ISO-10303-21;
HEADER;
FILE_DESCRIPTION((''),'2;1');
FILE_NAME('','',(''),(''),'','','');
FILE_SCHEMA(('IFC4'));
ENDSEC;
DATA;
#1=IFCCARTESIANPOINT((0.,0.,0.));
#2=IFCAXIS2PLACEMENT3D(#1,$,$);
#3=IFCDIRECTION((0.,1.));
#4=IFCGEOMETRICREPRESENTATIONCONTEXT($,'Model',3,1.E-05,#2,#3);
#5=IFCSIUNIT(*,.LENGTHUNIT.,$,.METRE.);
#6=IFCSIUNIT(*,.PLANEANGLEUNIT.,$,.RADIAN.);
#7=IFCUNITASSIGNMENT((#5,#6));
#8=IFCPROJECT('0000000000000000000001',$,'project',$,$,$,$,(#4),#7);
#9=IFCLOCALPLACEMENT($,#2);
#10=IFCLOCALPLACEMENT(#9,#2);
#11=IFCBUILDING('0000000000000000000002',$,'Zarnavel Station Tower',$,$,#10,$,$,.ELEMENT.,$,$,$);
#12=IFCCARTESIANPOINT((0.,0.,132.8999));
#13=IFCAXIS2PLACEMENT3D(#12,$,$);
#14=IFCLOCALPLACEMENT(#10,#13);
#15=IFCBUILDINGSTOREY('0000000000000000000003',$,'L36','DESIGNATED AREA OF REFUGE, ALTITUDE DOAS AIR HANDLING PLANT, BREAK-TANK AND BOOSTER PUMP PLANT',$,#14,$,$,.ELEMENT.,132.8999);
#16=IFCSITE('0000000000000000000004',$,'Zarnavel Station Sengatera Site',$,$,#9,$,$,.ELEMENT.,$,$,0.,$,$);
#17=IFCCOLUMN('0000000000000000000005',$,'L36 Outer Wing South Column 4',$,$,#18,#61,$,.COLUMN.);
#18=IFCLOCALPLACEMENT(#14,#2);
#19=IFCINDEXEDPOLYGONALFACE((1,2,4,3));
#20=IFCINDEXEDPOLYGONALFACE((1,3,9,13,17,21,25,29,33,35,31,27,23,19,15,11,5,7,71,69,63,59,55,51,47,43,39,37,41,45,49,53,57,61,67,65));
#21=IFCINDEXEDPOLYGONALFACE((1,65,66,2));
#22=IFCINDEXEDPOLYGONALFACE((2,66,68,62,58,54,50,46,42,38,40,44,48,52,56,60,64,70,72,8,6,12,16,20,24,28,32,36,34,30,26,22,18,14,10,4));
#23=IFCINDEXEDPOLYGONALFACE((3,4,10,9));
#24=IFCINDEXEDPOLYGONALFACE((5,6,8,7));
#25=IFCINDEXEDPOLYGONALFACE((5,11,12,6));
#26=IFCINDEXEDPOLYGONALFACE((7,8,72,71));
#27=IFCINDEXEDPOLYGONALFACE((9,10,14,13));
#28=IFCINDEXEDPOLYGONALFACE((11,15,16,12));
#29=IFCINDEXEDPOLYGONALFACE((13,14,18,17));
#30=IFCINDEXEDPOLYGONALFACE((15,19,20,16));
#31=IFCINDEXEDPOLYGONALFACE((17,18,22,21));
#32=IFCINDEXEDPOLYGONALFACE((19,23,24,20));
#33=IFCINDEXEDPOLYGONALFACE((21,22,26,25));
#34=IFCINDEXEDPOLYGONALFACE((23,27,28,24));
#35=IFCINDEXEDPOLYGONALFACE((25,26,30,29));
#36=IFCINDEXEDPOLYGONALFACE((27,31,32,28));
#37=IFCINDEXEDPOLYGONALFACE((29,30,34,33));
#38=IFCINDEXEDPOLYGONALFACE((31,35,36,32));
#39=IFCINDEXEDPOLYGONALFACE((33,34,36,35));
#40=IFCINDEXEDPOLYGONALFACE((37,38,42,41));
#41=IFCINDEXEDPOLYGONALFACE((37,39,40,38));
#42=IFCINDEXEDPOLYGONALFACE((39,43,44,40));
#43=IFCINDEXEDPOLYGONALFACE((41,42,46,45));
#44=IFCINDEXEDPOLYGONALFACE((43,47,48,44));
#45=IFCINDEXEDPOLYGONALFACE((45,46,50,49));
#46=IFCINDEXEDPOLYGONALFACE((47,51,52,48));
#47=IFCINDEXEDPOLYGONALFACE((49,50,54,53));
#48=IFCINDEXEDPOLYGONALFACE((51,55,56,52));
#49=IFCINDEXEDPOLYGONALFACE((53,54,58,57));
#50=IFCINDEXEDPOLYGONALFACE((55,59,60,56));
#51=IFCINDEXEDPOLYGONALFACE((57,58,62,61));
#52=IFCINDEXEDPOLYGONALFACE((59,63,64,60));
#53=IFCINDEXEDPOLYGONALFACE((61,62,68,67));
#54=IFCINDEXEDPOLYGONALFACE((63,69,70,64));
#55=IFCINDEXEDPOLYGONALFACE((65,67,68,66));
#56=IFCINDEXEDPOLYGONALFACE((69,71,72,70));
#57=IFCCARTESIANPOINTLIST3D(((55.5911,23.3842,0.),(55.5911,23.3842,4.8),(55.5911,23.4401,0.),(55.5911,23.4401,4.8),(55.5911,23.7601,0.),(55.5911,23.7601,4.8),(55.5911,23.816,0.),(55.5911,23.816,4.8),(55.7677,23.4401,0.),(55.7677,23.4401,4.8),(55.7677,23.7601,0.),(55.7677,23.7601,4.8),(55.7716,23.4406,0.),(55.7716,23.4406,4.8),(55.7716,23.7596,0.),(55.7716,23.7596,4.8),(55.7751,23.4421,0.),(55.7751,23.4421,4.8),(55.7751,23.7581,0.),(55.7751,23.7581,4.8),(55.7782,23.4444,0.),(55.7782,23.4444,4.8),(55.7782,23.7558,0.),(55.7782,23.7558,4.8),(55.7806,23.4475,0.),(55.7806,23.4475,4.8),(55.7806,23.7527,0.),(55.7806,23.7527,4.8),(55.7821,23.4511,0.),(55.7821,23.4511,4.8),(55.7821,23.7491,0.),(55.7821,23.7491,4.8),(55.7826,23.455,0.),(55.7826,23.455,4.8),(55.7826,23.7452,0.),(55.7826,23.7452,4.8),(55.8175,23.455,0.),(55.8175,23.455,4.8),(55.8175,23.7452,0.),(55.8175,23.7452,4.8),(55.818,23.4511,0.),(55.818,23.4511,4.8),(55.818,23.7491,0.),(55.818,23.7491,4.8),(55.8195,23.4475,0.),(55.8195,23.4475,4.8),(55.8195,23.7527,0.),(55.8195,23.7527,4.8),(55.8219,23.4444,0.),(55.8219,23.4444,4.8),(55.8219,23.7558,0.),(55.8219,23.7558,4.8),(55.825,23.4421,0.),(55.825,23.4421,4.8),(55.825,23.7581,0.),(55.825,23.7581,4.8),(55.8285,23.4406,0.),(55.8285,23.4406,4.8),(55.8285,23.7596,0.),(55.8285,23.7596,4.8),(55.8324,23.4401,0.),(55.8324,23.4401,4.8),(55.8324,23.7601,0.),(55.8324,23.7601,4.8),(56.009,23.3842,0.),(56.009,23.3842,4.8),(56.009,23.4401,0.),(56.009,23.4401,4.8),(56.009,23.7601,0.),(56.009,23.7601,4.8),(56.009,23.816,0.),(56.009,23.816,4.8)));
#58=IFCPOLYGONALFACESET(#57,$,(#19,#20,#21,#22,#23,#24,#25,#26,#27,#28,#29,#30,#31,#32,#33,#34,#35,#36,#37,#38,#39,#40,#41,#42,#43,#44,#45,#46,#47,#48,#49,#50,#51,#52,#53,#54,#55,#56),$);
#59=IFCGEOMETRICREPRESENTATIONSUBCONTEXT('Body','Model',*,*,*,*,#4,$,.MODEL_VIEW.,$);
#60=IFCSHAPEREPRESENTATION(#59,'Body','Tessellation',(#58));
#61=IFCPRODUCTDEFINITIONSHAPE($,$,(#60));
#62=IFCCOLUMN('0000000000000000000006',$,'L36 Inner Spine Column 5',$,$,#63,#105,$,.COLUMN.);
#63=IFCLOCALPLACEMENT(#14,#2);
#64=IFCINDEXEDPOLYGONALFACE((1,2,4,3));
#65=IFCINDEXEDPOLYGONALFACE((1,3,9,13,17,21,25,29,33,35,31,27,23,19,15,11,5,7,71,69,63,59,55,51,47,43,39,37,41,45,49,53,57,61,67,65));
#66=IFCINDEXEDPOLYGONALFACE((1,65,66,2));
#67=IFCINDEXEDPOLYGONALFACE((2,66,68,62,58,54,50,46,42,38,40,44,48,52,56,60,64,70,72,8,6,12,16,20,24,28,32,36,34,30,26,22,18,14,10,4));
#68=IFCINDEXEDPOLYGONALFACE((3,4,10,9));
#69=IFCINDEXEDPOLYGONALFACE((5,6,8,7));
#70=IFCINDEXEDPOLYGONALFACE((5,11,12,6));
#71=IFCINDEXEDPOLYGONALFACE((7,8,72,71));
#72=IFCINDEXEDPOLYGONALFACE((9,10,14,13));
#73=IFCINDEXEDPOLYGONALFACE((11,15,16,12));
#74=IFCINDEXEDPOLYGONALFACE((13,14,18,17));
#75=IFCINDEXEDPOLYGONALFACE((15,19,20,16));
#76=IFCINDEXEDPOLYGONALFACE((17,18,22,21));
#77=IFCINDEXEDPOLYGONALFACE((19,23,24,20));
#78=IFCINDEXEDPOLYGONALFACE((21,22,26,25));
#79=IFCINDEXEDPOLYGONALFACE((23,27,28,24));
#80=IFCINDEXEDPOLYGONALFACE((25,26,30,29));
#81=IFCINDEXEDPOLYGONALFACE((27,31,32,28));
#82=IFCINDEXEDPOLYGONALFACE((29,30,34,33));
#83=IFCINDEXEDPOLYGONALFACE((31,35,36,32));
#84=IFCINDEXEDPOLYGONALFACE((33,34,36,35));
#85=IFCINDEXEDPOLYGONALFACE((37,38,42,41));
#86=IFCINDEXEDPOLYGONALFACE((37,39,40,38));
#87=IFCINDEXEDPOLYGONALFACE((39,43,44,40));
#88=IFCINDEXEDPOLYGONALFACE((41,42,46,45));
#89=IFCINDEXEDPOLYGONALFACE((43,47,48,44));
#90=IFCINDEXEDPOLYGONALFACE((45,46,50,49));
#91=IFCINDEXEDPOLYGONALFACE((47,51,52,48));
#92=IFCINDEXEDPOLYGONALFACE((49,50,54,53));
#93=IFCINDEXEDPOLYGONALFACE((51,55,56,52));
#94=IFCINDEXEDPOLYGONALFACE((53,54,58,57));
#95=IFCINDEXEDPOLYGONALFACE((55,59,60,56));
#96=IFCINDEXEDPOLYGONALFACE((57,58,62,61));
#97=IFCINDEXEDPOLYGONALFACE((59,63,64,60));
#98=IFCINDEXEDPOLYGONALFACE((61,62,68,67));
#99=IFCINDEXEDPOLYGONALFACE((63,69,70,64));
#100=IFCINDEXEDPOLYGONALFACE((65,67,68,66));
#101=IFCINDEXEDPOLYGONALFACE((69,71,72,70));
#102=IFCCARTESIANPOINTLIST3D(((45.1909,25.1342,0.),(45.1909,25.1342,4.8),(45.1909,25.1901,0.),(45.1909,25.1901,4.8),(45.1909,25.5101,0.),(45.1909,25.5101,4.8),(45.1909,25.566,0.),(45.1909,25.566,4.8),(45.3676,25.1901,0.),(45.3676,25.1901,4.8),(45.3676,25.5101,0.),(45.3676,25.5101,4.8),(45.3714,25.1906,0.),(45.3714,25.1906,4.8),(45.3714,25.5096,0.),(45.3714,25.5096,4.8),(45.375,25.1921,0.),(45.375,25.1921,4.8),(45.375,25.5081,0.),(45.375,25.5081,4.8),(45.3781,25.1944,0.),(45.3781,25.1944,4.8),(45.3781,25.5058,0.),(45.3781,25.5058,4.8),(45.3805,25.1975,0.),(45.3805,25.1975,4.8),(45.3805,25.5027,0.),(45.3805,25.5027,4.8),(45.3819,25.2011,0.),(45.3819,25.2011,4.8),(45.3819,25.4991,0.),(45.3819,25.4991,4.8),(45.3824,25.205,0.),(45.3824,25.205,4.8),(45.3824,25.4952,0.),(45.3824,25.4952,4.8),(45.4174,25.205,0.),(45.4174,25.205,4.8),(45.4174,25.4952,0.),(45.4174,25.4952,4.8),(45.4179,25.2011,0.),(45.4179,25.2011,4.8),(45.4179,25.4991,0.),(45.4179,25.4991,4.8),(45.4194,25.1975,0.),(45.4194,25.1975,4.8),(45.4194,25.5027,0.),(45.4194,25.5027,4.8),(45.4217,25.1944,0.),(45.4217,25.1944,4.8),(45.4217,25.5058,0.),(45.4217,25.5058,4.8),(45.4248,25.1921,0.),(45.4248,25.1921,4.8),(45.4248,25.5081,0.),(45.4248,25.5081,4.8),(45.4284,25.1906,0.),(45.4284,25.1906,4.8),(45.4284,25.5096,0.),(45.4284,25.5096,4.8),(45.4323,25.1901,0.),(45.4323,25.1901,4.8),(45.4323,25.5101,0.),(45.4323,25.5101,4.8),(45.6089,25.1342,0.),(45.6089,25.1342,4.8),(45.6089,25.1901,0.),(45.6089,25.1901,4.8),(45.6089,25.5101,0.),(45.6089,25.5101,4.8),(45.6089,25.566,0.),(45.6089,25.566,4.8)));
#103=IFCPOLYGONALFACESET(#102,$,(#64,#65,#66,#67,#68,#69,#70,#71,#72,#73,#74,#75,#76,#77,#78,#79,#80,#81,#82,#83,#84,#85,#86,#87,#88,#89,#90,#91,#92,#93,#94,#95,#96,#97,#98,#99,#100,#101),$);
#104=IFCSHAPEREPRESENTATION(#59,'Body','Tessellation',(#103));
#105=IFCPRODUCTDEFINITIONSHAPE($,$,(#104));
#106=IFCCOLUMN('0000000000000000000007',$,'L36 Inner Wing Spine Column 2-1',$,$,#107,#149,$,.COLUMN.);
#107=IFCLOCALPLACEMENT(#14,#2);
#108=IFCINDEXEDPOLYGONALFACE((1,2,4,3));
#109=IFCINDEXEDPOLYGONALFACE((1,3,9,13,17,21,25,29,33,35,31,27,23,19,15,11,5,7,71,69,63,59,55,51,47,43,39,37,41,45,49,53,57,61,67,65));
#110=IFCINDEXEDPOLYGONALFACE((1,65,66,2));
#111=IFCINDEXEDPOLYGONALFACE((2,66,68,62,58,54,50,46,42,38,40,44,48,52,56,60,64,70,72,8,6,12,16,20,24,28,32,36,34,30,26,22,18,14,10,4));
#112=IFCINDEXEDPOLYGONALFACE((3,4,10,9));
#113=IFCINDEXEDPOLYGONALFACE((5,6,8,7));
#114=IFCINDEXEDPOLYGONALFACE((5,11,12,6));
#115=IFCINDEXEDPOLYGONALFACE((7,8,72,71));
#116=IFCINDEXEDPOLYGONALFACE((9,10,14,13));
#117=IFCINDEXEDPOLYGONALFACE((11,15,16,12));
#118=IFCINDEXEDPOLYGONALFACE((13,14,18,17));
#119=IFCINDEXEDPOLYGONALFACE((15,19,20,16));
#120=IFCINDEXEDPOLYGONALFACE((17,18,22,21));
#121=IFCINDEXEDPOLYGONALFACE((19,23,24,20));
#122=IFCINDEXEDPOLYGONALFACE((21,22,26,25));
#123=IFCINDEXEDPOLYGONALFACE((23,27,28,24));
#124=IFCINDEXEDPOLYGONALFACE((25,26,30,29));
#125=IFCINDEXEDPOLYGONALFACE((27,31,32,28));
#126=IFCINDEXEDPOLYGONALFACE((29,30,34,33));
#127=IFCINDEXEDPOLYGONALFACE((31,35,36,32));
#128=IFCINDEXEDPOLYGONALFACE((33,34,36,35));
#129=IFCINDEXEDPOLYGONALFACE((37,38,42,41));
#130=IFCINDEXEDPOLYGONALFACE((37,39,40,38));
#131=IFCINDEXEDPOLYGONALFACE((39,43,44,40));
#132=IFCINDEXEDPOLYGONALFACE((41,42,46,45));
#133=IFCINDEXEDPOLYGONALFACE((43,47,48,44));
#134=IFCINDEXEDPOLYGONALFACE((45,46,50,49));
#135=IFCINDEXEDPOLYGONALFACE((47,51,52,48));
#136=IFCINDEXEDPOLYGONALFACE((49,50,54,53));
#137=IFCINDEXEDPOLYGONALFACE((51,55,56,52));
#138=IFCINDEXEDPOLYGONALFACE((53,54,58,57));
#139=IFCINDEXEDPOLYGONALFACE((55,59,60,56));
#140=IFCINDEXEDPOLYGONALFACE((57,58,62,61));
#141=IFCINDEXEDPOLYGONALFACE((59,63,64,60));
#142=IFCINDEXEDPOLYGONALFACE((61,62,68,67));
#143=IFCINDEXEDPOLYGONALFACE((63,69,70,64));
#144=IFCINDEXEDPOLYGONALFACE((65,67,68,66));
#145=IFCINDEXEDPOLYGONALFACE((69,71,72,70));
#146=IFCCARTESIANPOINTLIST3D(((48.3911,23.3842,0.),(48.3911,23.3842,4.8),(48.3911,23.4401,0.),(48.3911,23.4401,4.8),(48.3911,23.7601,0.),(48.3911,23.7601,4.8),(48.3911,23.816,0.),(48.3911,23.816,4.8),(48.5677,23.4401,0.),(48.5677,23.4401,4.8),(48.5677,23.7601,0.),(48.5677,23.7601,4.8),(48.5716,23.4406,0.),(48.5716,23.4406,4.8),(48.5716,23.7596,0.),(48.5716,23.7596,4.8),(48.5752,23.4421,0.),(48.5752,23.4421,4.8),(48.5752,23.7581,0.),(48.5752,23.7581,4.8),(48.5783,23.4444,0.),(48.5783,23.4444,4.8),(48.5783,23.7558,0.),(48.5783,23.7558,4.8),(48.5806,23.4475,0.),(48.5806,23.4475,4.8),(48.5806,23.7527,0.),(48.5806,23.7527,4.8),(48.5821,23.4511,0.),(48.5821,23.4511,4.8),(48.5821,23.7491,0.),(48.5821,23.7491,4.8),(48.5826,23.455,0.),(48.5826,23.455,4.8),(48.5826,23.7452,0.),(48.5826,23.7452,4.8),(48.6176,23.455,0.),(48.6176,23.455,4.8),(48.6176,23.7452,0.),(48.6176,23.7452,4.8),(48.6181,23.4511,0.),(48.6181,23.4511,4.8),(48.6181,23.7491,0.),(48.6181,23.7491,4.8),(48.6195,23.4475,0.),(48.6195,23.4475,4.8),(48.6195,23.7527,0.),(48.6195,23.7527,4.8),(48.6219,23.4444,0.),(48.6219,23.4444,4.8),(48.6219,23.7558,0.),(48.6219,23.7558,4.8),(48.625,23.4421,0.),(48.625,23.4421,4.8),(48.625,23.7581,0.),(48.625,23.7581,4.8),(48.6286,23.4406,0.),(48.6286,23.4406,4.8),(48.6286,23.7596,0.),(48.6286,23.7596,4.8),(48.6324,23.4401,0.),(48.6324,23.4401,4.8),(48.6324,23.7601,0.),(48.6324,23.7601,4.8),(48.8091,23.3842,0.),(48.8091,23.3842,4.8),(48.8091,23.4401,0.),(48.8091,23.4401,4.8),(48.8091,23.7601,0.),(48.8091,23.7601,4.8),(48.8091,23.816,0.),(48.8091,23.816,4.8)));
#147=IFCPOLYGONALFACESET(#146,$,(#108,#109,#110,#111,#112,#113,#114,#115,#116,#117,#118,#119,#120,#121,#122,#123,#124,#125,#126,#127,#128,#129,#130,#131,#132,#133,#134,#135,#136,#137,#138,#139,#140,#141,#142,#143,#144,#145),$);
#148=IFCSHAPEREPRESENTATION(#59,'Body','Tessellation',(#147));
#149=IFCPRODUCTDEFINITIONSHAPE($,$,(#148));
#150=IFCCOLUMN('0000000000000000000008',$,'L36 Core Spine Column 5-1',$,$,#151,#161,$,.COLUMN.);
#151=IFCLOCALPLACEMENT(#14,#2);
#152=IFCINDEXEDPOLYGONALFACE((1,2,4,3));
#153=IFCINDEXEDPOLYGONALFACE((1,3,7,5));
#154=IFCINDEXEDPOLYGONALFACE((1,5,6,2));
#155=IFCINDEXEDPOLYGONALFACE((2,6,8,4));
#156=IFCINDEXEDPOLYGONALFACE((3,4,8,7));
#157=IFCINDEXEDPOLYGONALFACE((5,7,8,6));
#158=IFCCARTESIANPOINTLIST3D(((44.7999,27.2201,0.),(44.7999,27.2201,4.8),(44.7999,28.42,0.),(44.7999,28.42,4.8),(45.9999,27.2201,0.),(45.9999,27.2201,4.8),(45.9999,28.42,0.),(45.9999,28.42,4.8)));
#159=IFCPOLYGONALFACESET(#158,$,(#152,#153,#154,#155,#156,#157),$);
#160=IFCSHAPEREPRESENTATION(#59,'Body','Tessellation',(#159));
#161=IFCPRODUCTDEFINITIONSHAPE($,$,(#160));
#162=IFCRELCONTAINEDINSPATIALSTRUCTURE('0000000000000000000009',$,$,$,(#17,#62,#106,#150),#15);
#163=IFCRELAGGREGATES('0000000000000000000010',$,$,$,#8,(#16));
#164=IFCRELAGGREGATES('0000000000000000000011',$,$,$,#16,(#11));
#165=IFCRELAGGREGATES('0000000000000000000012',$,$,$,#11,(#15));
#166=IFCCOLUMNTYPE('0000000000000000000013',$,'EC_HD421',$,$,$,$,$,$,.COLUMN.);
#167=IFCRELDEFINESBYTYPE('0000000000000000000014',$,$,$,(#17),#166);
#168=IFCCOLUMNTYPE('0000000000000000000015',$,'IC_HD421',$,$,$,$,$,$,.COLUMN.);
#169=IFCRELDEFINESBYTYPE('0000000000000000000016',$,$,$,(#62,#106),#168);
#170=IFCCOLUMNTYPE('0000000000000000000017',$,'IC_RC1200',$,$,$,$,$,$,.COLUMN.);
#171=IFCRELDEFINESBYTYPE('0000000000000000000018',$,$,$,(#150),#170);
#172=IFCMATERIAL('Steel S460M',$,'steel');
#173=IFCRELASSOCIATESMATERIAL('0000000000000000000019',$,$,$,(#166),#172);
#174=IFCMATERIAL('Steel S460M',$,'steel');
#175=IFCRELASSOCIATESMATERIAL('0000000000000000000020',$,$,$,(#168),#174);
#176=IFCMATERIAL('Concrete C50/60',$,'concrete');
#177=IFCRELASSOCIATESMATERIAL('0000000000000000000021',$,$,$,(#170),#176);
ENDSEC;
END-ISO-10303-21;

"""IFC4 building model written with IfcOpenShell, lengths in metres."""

from ifc_helpers import new_model, si_unit, direction, frame, origin, origin_2d, place, context, subcontext, project, spatial, rectangle, i_section, extrude, material, material_profile, profile_set, type_object, element, save


model = new_model("IFC4")

# Units and contexts
model_context = context("Model", 3, precision=1e-05, world=origin(), true_north=direction((0.0, 1.0)))
body_context = subcontext(model_context, "Body", "Model", "MODEL_VIEW")
ifc_project = project(units=[si_unit("LENGTHUNIT", "METRE"), si_unit("PLANEANGLEUNIT", "RADIAN")], contexts=[model_context])

# Site, building, storey
site_placement = place(None, origin())
site = spatial("IfcSite", under=ifc_project, at=site_placement, Name="Zarnavel Station Sengatera Site", CompositionType="ELEMENT", RefElevation=0.0)
building_placement = place(site_placement, origin())
building = spatial("IfcBuilding", under=site, at=building_placement, Name="Zarnavel Station Tower", CompositionType="ELEMENT")
storey_placement = place(building_placement, frame((0.0, 0.0, 132.8999)))
storey = spatial("IfcBuildingStorey", under=building, at=storey_placement, Name="L36", Description="DESIGNATED AREA OF REFUGE, ALTITUDE DOAS AIR HANDLING PLANT, BREAK-TANK AND BOOSTER PUMP PLANT", CompositionType="ELEMENT", Elevation=132.8999)

# Columns
ifc_material_1 = material(Name="Steel S460M", Category="steel")
ifc_material_profile_1 = material_profile(ifc_material_1, i_section(OverallWidth=0.418, OverallDepth=0.4319, WebThickness=0.0349, FlangeThickness=0.0559, FilletRadius=0.0149, at=origin_2d()), Name="HD400x421")
ifc_profile_set_1 = profile_set([ifc_material_profile_1], Name="Steel S460M")
column_type_1 = type_object("IfcColumnType", Name="EC_HD421", PredefinedType="COLUMN", material=ifc_profile_set_1)
column_1_placement = place(storey_placement, frame((55.8, 23.6001, 0.0), z_axis=(0.0, 0.0, 1.0), x_axis=(1.0, 0.0, 0.0)))
element("IfcColumn", 1, at=column_1_placement, inside=storey, type_object=column_type_1, Name="L36 Outer Wing South Column 4", PredefinedType="COLUMN", context=body_context, shape_type="SweptSolid", body=[
    extrude(i_section(OverallWidth=0.418, OverallDepth=0.4319, WebThickness=0.0349, FlangeThickness=0.0559, FilletRadius=0.0149, at=origin_2d()), origin(), (0.0, 0.0, 1.0), 4.8),
])
ifc_material_2 = material(Name="Steel S460M", Category="steel")
ifc_material_profile_2 = material_profile(ifc_material_2, i_section(OverallWidth=0.418, OverallDepth=0.4319, WebThickness=0.0349, FlangeThickness=0.0559, FilletRadius=0.0149, at=origin_2d()), Name="HD400x421")
ifc_profile_set_2 = profile_set([ifc_material_profile_2], Name="Steel S460M")
column_type_2 = type_object("IfcColumnType", Name="IC_HD421", PredefinedType="COLUMN", material=ifc_profile_set_2)
for number, where, z_axis, x_axis, name in (
    (2, (45.3999, 25.3501, 0.0), (0.0, 0.0, 1.0), (1.0, 0.0, 0.0), "L36 Inner Spine Column 5"),
    (3, (48.6001, 23.6001, 0.0), (0.0, 0.0, 1.0), (1.0, 0.0, 0.0), "L36 Inner Wing Spine Column 2-1"),
):
    element("IfcColumn", number, at=place(storey_placement, frame(where, z_axis=z_axis, x_axis=x_axis)), inside=storey, type_object=column_type_2, Name=name, PredefinedType="COLUMN", context=body_context, shape_type="SweptSolid", body=[
        extrude(i_section(OverallWidth=0.418, OverallDepth=0.4319, WebThickness=0.0349, FlangeThickness=0.0559, FilletRadius=0.0149, at=origin_2d()), origin(), (0.0, 0.0, 1.0), 4.8),
    ])
ifc_material_3 = material(Name="Concrete C50/60", Category="concrete")
ifc_material_profile_3 = material_profile(ifc_material_3, rectangle(XDim=1.2, YDim=1.2, at=origin_2d()), Name="RC1200x1200")
ifc_profile_set_3 = profile_set([ifc_material_profile_3], Name="Concrete C50/60")
column_type_3 = type_object("IfcColumnType", Name="IC_RC1200", PredefinedType="COLUMN", material=ifc_profile_set_3)
column_2_placement = place(storey_placement, frame((45.3999, 27.8201, 0.0), z_axis=(0.0, 0.0, 1.0), x_axis=(1.0, 0.0, 0.0)))
element("IfcColumn", 4, at=column_2_placement, inside=storey, type_object=column_type_3, Name="L36 Core Spine Column 5-1", PredefinedType="COLUMN", context=body_context, shape_type="SweptSolid", body=[
    extrude(rectangle(XDim=1.2, YDim=1.2, at=origin_2d()), origin(), (0.0, 0.0, 1.0), 4.8),
])

save(model, "model.ifc")
